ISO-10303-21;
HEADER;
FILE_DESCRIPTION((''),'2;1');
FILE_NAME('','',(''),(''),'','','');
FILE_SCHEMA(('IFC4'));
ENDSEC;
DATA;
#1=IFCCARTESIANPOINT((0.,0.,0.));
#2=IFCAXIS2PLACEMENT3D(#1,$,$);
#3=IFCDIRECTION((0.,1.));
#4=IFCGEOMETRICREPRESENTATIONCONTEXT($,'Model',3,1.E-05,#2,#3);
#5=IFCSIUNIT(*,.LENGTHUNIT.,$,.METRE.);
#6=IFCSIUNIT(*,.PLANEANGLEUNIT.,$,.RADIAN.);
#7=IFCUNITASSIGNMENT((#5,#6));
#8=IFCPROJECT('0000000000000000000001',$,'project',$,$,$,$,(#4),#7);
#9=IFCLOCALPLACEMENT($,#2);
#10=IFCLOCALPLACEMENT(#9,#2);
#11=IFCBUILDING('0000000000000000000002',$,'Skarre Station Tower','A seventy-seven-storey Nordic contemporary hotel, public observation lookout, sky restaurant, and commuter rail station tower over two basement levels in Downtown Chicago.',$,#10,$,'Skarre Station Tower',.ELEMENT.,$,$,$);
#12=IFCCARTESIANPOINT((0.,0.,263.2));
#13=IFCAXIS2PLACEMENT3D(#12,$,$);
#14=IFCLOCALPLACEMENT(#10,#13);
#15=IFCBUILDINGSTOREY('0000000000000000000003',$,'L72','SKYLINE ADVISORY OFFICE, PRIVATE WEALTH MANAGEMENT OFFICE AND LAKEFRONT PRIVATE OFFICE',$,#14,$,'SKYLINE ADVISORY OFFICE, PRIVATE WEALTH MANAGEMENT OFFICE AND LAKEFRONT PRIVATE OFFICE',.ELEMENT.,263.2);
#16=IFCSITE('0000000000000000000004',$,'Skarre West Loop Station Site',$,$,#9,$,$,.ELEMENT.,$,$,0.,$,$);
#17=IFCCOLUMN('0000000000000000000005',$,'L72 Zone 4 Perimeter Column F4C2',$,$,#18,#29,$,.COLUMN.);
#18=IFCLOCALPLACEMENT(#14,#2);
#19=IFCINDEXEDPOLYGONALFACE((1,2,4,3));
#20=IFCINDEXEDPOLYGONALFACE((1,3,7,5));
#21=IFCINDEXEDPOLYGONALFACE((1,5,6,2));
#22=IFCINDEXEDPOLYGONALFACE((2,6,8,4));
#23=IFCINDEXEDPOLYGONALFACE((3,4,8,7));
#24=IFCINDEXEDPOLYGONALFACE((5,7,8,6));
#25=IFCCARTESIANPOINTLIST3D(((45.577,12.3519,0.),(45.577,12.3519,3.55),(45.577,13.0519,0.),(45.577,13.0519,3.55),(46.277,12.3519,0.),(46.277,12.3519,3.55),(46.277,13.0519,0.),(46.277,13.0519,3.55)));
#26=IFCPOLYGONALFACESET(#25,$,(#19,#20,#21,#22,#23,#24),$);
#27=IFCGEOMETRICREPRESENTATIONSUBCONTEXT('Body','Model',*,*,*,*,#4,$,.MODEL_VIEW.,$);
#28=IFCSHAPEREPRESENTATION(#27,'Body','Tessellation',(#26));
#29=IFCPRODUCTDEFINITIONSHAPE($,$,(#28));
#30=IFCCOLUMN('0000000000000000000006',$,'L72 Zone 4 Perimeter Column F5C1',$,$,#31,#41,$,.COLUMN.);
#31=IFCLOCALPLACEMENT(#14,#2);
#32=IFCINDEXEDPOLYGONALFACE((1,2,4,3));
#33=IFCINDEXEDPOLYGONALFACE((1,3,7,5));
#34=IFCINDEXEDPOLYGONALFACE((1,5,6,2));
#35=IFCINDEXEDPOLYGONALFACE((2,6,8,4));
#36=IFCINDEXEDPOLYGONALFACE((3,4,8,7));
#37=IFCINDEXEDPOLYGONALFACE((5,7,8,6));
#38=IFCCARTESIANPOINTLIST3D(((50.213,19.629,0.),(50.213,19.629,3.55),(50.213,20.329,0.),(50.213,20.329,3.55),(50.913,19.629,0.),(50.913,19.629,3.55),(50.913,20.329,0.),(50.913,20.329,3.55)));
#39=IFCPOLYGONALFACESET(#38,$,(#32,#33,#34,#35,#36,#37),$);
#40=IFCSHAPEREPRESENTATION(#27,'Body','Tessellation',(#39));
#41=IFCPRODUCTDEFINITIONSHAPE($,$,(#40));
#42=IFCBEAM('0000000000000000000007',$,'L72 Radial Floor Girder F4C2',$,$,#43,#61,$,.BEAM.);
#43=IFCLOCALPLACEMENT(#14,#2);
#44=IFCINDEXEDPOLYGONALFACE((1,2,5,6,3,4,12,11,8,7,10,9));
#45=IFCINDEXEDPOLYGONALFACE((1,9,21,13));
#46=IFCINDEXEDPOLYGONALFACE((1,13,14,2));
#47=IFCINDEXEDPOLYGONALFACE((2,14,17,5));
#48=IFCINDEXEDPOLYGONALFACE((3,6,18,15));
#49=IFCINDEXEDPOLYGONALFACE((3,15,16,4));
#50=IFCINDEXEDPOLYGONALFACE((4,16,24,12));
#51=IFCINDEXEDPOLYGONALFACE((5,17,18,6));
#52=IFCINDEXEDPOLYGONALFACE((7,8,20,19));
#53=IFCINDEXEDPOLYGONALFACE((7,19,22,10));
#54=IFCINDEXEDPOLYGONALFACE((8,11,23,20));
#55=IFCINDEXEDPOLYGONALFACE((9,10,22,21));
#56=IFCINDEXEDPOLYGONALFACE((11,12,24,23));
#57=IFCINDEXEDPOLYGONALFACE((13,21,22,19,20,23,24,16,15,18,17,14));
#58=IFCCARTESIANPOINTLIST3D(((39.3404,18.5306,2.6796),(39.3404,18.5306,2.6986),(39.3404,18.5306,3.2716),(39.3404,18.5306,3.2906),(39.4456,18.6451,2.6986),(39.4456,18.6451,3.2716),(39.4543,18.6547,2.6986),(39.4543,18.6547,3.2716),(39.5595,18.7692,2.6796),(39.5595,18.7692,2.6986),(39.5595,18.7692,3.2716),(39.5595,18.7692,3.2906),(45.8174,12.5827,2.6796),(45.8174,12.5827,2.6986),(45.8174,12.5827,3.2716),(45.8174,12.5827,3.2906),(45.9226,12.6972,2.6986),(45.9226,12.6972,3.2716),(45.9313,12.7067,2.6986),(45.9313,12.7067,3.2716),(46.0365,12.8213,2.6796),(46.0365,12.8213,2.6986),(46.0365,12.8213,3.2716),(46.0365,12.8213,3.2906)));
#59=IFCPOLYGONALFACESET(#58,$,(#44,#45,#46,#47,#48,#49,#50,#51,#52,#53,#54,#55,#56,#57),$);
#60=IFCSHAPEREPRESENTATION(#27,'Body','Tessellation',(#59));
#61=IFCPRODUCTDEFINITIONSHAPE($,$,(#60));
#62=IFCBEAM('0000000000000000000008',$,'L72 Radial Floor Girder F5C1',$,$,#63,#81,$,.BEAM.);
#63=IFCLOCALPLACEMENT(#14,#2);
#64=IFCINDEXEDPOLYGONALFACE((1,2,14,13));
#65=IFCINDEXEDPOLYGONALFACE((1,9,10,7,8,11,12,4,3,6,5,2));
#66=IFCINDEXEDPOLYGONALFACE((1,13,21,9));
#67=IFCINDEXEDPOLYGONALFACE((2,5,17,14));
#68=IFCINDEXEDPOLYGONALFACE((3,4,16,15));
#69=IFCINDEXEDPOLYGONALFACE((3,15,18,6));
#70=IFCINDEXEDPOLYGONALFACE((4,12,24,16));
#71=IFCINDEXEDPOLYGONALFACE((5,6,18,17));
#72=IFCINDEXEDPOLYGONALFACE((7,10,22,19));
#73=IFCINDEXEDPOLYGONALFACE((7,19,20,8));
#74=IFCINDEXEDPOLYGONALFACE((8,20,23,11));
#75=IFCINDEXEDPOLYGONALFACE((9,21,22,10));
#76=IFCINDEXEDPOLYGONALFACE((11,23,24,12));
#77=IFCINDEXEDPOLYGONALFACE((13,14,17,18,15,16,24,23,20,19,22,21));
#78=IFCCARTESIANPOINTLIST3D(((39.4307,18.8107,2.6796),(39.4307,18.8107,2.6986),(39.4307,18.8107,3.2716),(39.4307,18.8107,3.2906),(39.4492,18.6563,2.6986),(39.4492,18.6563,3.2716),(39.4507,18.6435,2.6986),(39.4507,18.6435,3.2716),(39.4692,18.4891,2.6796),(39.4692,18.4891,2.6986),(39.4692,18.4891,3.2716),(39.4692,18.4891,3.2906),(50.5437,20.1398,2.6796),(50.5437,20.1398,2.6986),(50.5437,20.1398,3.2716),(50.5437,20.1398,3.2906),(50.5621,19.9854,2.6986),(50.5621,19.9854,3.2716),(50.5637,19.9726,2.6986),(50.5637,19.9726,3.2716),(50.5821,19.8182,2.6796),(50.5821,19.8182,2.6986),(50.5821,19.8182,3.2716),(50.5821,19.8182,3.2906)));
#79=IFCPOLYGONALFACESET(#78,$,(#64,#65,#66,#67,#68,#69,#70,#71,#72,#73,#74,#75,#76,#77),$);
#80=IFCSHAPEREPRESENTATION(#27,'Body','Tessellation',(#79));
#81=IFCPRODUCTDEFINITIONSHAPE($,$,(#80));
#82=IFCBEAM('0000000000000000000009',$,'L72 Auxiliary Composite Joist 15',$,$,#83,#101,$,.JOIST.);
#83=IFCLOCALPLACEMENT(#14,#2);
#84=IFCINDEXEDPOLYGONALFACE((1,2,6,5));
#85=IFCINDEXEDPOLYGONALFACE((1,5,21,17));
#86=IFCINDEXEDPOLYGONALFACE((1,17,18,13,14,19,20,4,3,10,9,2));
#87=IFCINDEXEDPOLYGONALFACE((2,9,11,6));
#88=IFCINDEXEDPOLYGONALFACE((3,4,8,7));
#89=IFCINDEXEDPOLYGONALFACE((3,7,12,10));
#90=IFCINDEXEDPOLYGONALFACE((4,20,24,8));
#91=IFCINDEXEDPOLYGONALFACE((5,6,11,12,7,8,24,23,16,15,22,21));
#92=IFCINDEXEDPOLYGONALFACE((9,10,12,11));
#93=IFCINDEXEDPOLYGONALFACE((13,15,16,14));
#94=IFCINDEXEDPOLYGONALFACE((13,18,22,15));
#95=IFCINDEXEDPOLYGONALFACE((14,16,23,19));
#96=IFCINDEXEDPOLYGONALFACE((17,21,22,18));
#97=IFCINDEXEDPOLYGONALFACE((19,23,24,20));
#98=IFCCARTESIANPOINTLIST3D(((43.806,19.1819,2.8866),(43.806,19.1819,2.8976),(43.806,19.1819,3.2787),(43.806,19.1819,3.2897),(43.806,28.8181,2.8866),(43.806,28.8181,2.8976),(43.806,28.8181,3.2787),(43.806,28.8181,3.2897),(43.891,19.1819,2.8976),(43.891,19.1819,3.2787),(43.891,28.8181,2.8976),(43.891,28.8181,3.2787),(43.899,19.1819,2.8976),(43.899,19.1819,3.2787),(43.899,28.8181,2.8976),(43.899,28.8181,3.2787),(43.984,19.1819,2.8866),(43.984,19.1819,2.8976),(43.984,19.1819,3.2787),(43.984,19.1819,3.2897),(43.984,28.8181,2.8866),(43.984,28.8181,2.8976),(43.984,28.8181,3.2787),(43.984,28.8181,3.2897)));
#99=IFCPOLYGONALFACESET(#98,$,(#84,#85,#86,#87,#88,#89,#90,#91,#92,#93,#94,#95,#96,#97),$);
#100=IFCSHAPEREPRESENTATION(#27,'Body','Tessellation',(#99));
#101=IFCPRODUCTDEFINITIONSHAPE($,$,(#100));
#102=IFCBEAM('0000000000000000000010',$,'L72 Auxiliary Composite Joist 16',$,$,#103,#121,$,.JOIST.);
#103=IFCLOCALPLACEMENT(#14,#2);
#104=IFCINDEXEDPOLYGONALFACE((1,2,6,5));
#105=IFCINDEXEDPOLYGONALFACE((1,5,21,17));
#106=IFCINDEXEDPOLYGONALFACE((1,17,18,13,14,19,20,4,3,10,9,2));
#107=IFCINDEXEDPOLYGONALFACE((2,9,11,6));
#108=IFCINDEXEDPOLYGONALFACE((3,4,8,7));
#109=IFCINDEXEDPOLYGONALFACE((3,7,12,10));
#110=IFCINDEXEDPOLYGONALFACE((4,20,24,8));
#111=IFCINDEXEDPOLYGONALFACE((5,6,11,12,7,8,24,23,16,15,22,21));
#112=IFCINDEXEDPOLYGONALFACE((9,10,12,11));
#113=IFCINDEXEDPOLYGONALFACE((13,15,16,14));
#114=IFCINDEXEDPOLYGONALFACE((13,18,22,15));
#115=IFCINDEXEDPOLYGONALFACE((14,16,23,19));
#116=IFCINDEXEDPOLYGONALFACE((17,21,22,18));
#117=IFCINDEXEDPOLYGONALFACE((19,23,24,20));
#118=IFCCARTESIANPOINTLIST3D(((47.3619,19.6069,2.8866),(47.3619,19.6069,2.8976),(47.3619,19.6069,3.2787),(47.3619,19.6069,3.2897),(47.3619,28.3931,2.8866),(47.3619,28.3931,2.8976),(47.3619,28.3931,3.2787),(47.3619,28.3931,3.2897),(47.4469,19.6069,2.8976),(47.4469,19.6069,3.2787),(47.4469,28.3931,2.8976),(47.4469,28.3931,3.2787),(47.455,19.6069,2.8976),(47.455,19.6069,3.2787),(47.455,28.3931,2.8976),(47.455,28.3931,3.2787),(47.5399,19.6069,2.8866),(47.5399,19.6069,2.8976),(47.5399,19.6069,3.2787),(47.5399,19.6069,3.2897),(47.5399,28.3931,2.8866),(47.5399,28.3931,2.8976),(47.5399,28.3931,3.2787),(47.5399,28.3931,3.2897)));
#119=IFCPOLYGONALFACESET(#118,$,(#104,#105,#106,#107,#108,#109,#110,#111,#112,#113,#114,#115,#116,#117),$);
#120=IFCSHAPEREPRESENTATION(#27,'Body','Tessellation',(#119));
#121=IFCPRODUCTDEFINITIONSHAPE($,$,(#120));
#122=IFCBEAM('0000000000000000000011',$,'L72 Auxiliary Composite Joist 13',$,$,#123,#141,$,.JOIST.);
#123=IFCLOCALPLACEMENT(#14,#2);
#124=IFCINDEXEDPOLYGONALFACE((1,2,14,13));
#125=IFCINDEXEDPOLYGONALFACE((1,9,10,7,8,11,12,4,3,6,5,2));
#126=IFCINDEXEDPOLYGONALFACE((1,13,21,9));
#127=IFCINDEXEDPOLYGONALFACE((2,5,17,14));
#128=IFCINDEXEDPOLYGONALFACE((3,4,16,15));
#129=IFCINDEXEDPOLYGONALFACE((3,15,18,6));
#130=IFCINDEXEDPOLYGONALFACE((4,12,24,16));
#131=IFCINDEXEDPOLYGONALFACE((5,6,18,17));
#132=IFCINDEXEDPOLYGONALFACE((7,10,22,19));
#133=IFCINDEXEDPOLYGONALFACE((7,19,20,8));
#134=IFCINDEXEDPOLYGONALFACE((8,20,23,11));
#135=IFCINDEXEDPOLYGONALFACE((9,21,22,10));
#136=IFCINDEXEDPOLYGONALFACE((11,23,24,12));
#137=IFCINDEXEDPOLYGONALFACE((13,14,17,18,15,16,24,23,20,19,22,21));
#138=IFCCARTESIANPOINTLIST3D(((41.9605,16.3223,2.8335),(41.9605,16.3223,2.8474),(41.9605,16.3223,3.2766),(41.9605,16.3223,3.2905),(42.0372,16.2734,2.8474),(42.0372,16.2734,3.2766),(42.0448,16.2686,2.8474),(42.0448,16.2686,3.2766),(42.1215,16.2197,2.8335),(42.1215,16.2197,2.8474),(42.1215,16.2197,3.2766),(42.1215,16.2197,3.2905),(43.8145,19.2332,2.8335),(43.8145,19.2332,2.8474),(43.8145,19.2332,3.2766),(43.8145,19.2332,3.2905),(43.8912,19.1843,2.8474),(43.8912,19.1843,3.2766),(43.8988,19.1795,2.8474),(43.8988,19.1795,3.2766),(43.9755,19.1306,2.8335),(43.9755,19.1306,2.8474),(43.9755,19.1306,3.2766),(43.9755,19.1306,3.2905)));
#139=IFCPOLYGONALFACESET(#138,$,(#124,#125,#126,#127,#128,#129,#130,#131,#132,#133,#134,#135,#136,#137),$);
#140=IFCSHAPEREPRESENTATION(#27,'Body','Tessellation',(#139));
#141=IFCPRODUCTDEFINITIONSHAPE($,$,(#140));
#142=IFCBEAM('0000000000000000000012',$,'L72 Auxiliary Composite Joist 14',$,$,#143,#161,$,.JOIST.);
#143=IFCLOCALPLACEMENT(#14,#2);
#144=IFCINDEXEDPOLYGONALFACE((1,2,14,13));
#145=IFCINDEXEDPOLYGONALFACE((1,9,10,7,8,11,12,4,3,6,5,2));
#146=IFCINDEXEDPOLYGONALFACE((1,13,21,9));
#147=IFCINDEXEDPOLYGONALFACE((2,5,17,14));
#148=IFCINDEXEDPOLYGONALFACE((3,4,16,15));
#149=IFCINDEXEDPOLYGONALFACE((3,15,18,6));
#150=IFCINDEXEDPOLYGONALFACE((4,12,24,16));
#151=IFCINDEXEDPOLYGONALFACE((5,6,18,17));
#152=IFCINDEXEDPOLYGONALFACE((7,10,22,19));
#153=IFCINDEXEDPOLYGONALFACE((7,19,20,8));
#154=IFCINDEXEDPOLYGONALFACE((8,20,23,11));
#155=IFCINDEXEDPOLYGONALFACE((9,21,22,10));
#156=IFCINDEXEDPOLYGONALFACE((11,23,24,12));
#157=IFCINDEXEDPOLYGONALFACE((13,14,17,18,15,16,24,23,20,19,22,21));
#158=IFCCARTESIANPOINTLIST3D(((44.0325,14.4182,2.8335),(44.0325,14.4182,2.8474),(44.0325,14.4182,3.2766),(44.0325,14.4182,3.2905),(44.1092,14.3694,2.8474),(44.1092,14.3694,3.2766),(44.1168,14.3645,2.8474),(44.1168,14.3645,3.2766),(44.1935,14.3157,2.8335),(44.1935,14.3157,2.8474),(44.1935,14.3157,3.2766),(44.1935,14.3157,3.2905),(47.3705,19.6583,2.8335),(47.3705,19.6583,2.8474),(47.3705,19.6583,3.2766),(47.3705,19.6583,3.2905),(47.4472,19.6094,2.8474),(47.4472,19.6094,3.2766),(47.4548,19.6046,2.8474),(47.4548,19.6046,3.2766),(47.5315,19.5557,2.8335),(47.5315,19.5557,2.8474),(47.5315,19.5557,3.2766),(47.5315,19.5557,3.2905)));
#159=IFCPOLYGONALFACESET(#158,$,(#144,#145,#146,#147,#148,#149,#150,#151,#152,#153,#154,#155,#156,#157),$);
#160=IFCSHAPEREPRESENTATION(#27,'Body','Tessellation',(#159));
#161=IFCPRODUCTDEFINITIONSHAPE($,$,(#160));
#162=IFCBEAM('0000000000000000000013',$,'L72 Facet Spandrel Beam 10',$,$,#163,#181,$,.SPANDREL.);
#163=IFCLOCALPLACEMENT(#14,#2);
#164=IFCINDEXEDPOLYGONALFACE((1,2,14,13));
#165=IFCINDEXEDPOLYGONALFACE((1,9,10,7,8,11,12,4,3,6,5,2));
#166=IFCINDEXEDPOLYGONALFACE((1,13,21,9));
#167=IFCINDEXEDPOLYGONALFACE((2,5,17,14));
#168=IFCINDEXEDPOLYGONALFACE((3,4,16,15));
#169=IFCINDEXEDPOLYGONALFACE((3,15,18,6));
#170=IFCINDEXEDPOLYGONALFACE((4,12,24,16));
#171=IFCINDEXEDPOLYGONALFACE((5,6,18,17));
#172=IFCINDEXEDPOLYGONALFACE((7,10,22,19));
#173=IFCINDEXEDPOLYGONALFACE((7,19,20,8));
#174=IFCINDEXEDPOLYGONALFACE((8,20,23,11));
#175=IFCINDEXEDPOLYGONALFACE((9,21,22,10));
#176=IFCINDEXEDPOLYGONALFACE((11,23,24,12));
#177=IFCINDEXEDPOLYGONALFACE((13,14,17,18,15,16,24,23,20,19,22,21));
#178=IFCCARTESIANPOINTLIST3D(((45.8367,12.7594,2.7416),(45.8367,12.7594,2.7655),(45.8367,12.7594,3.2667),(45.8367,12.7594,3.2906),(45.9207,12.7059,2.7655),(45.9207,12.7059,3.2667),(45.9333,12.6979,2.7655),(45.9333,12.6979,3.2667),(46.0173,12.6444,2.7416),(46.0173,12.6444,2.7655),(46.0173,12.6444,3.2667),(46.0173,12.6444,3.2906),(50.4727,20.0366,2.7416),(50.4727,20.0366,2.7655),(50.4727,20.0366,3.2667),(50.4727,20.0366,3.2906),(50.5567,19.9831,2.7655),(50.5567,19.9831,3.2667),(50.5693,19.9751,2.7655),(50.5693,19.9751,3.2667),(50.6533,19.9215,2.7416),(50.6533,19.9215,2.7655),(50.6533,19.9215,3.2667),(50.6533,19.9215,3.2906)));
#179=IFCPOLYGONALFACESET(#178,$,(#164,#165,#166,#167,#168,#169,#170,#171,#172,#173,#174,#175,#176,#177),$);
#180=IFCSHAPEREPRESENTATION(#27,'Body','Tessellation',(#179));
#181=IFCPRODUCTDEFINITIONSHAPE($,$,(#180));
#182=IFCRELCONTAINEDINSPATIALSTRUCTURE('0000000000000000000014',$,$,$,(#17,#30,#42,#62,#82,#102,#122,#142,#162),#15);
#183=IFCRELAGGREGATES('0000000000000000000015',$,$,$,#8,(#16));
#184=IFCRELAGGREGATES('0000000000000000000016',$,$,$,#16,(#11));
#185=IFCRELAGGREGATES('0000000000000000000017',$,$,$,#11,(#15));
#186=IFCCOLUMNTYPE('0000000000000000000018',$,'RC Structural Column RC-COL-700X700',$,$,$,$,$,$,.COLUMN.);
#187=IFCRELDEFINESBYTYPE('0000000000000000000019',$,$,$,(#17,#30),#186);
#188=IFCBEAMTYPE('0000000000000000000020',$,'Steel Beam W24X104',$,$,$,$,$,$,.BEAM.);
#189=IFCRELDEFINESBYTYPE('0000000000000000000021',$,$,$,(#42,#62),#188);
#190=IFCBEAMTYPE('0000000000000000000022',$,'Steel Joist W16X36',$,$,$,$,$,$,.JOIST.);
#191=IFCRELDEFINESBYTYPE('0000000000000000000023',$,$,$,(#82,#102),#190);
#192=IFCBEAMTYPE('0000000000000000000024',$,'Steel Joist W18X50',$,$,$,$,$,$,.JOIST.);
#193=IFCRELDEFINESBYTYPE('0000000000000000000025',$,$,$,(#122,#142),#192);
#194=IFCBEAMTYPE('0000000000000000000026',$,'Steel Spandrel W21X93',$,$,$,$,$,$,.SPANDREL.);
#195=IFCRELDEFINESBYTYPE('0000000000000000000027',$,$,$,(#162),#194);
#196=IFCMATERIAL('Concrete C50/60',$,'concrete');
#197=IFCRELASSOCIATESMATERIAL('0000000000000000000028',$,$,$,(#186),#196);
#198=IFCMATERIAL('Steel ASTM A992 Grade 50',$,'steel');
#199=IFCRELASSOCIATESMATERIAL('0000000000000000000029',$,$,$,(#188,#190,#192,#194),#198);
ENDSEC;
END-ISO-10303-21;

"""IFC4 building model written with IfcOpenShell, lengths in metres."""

from ifc_helpers import new_model, si_unit, direction, frame, origin, origin_2d, place, context, subcontext, project, spatial, rectangle, i_section, extrude, material, material_profile, profile_set, type_object, element, save


model = new_model("IFC4")

# Units and contexts
model_context = context("Model", 3, precision=1e-05, world=origin(), true_north=direction((0.0, 1.0)))
body_context = subcontext(model_context, "Body", "Model", "MODEL_VIEW")
ifc_project = project(units=[si_unit("LENGTHUNIT", "METRE"), si_unit("PLANEANGLEUNIT", "RADIAN")], contexts=[model_context])

# Site, building, storey
site_placement = place(None, origin())
site = spatial("IfcSite", under=ifc_project, at=site_placement, Name="Skarre West Loop Station Site", CompositionType="ELEMENT", RefElevation=0.0)
building_placement = place(site_placement, origin())
building = spatial("IfcBuilding", under=site, at=building_placement, Name="Skarre Station Tower", Description="A seventy-seven-storey Nordic contemporary hotel, public observation lookout, sky restaurant, and commuter rail station tower over two basement levels in Downtown Chicago.", LongName="Skarre Station Tower", CompositionType="ELEMENT")
storey_placement = place(building_placement, frame((0.0, 0.0, 263.2)))
storey = spatial("IfcBuildingStorey", under=building, at=storey_placement, Name="L72", Description="SKYLINE ADVISORY OFFICE, PRIVATE WEALTH MANAGEMENT OFFICE AND LAKEFRONT PRIVATE OFFICE", LongName="SKYLINE ADVISORY OFFICE, PRIVATE WEALTH MANAGEMENT OFFICE AND LAKEFRONT PRIVATE OFFICE", CompositionType="ELEMENT", Elevation=263.2)

# Columns
ifc_material_1 = material(Name="Concrete C50/60", Category="concrete")
ifc_material_profile_1 = material_profile(ifc_material_1, rectangle(XDim=0.7, YDim=0.7, at=origin_2d()), Name="Concrete C50/60")
ifc_profile_set_1 = profile_set([ifc_material_profile_1], Name="Concrete C50/60")
column_type = type_object("IfcColumnType", Name="RC Structural Column RC-COL-700X700", PredefinedType="COLUMN", material=ifc_profile_set_1)
for number, where, z_axis, x_axis, name in (
    (1, (45.927, 12.7019, 0.0), (0.0, 0.0, 1.0), (1.0, 0.0, 0.0), "L72 Zone 4 Perimeter Column F4C2"),
    (2, (50.563, 19.979, 0.0), (0.0, 0.0, 1.0), (1.0, 0.0, 0.0), "L72 Zone 4 Perimeter Column F5C1"),
):
    element("IfcColumn", number, at=place(storey_placement, frame(where, z_axis=z_axis, x_axis=x_axis)), inside=storey, type_object=column_type, Name=name, PredefinedType="COLUMN", context=body_context, shape_type="SweptSolid", body=[
        extrude(rectangle(XDim=0.7, YDim=0.7, at=origin_2d()), origin(), (0.0, 0.0, 1.0), 3.55),
    ])

# Beams
ifc_material_2 = material(Name="Steel ASTM A992 Grade 50", Category="steel")
ifc_material_profile_2 = material_profile(ifc_material_2, i_section(OverallWidth=0.324, OverallDepth=0.6111, WebThickness=0.0129, FlangeThickness=0.019, at=origin_2d()), Name="Steel ASTM A992 Grade 50")
ifc_profile_set_2 = profile_set([ifc_material_profile_2], Name="Steel ASTM A992 Grade 50")
beam_type_1 = type_object("IfcBeamType", Name="Steel Beam W24X104", PredefinedType="BEAM", material=ifc_profile_set_2)
beam_1_placement = place(storey_placement, frame((39.45, 18.6499, 2.9851), z_axis=(0.736548, -0.676386, 0.0), x_axis=(0.676386, 0.736548, 0.0)))
element("IfcBeam", 3, at=beam_1_placement, inside=storey, type_object=beam_type_1, Name="L72 Radial Floor Girder F4C2", PredefinedType="BEAM", context=body_context, shape_type="SweptSolid", body=[
    extrude(i_section(OverallWidth=0.324, OverallDepth=0.6111, WebThickness=0.0129, FlangeThickness=0.019, at=origin_2d()), origin(), (0.0, 0.0, 1.0), 8.7937),
])
beam_2_placement = place(storey_placement, frame((39.45, 18.6499, 2.9851), z_axis=(0.992924, 0.118752, 0.0), x_axis=(-0.118752, 0.992924, 0.0)))
element("IfcBeam", 4, at=beam_2_placement, inside=storey, type_object=beam_type_1, Name="L72 Radial Floor Girder F5C1", PredefinedType="BEAM", context=body_context, shape_type="SweptSolid", body=[
    extrude(i_section(OverallWidth=0.324, OverallDepth=0.6111, WebThickness=0.0129, FlangeThickness=0.019, at=origin_2d()), origin(), (0.0, 0.0, 1.0), 11.1921),
])
ifc_material_profile_3 = material_profile(ifc_material_2, i_section(OverallWidth=0.178, OverallDepth=0.4031, WebThickness=0.0081, FlangeThickness=0.011, at=origin_2d()), Name="Steel ASTM A992 Grade 50")
ifc_profile_set_3 = profile_set([ifc_material_profile_3], Name="Steel ASTM A992 Grade 50")
beam_type_2 = type_object("IfcBeamType", Name="Steel Joist W16X36", PredefinedType="JOIST", material=ifc_profile_set_3)
beam_3_placement = place(storey_placement, frame((43.895, 19.1819, 3.0881), z_axis=(0.0, 1.0, 0.0), x_axis=(-1.0, 0.0, 0.0)))
element("IfcBeam", 5, at=beam_3_placement, inside=storey, type_object=beam_type_2, Name="L72 Auxiliary Composite Joist 15", PredefinedType="JOIST", context=body_context, shape_type="SweptSolid", body=[
    extrude(i_section(OverallWidth=0.178, OverallDepth=0.4031, WebThickness=0.0081, FlangeThickness=0.011, at=origin_2d()), origin(), (0.0, 0.0, 1.0), 9.6362),
])
beam_4_placement = place(storey_placement, frame((47.4509, 19.6069, 3.0881), z_axis=(0.0, 1.0, 0.0), x_axis=(-1.0, 0.0, 0.0)))
element("IfcBeam", 6, at=beam_4_placement, inside=storey, type_object=beam_type_2, Name="L72 Auxiliary Composite Joist 16", PredefinedType="JOIST", context=body_context, shape_type="SweptSolid", body=[
    extrude(i_section(OverallWidth=0.178, OverallDepth=0.4031, WebThickness=0.0081, FlangeThickness=0.011, at=origin_2d()), origin(), (0.0, 0.0, 1.0), 8.7861),
])
ifc_material_profile_4 = material_profile(ifc_material_2, i_section(OverallWidth=0.1909, OverallDepth=0.457, WebThickness=0.009, FlangeThickness=0.0139, at=origin_2d()), Name="Steel ASTM A992 Grade 50")
ifc_profile_set_4 = profile_set([ifc_material_profile_4], Name="Steel ASTM A992 Grade 50")
beam_type_3 = type_object("IfcBeamType", Name="Steel Joist W18X50", PredefinedType="JOIST", material=ifc_profile_set_4)
beam_5_placement = place(storey_placement, frame((42.041, 16.271, 3.062), z_axis=(0.53721, 0.843449, 0.0), x_axis=(-0.843449, 0.53721, 0.0)))
element("IfcBeam", 7, at=beam_5_placement, inside=storey, type_object=beam_type_3, Name="L72 Auxiliary Composite Joist 13", PredefinedType="JOIST", context=body_context, shape_type="SweptSolid", body=[
    extrude(i_section(OverallWidth=0.1909, OverallDepth=0.457, WebThickness=0.009, FlangeThickness=0.0139, at=origin_2d()), origin(), (0.0, 0.0, 1.0), 3.4512),
])
beam_6_placement = place(storey_placement, frame((44.113, 14.3669, 3.062), z_axis=(0.537259, 0.843417, 0.0), x_axis=(-0.843417, 0.537259, 0.0)))
element("IfcBeam", 8, at=beam_6_placement, inside=storey, type_object=beam_type_3, Name="L72 Auxiliary Composite Joist 14", PredefinedType="JOIST", context=body_context, shape_type="SweptSolid", body=[
    extrude(i_section(OverallWidth=0.1909, OverallDepth=0.457, WebThickness=0.009, FlangeThickness=0.0139, at=origin_2d()), origin(), (0.0, 0.0, 1.0), 6.2129),
])
ifc_material_profile_5 = material_profile(ifc_material_2, i_section(OverallWidth=0.2141, OverallDepth=0.5491, WebThickness=0.0149, FlangeThickness=0.0239, at=origin_2d()), Name="Steel ASTM A992 Grade 50")
ifc_profile_set_5 = profile_set([ifc_material_profile_5], Name="Steel ASTM A992 Grade 50")
beam_type_4 = type_object("IfcBeamType", Name="Steel Spandrel W21X93", PredefinedType="SPANDREL", material=ifc_profile_set_5)
beam_7_placement = place(storey_placement, frame((45.927, 12.7019, 3.0161), z_axis=(0.537297, 0.843393, 0.0), x_axis=(-0.843393, 0.537297, 0.0)))
element("IfcBeam", 9, at=beam_7_placement, inside=storey, type_object=beam_type_4, Name="L72 Facet Spandrel Beam 10", PredefinedType="SPANDREL", context=body_context, shape_type="SweptSolid", body=[
    extrude(i_section(OverallWidth=0.2141, OverallDepth=0.5491, WebThickness=0.0149, FlangeThickness=0.0239, at=origin_2d()), origin(), (0.0, 0.0, 1.0), 8.6284),
])

save(model, "model.ifc")
